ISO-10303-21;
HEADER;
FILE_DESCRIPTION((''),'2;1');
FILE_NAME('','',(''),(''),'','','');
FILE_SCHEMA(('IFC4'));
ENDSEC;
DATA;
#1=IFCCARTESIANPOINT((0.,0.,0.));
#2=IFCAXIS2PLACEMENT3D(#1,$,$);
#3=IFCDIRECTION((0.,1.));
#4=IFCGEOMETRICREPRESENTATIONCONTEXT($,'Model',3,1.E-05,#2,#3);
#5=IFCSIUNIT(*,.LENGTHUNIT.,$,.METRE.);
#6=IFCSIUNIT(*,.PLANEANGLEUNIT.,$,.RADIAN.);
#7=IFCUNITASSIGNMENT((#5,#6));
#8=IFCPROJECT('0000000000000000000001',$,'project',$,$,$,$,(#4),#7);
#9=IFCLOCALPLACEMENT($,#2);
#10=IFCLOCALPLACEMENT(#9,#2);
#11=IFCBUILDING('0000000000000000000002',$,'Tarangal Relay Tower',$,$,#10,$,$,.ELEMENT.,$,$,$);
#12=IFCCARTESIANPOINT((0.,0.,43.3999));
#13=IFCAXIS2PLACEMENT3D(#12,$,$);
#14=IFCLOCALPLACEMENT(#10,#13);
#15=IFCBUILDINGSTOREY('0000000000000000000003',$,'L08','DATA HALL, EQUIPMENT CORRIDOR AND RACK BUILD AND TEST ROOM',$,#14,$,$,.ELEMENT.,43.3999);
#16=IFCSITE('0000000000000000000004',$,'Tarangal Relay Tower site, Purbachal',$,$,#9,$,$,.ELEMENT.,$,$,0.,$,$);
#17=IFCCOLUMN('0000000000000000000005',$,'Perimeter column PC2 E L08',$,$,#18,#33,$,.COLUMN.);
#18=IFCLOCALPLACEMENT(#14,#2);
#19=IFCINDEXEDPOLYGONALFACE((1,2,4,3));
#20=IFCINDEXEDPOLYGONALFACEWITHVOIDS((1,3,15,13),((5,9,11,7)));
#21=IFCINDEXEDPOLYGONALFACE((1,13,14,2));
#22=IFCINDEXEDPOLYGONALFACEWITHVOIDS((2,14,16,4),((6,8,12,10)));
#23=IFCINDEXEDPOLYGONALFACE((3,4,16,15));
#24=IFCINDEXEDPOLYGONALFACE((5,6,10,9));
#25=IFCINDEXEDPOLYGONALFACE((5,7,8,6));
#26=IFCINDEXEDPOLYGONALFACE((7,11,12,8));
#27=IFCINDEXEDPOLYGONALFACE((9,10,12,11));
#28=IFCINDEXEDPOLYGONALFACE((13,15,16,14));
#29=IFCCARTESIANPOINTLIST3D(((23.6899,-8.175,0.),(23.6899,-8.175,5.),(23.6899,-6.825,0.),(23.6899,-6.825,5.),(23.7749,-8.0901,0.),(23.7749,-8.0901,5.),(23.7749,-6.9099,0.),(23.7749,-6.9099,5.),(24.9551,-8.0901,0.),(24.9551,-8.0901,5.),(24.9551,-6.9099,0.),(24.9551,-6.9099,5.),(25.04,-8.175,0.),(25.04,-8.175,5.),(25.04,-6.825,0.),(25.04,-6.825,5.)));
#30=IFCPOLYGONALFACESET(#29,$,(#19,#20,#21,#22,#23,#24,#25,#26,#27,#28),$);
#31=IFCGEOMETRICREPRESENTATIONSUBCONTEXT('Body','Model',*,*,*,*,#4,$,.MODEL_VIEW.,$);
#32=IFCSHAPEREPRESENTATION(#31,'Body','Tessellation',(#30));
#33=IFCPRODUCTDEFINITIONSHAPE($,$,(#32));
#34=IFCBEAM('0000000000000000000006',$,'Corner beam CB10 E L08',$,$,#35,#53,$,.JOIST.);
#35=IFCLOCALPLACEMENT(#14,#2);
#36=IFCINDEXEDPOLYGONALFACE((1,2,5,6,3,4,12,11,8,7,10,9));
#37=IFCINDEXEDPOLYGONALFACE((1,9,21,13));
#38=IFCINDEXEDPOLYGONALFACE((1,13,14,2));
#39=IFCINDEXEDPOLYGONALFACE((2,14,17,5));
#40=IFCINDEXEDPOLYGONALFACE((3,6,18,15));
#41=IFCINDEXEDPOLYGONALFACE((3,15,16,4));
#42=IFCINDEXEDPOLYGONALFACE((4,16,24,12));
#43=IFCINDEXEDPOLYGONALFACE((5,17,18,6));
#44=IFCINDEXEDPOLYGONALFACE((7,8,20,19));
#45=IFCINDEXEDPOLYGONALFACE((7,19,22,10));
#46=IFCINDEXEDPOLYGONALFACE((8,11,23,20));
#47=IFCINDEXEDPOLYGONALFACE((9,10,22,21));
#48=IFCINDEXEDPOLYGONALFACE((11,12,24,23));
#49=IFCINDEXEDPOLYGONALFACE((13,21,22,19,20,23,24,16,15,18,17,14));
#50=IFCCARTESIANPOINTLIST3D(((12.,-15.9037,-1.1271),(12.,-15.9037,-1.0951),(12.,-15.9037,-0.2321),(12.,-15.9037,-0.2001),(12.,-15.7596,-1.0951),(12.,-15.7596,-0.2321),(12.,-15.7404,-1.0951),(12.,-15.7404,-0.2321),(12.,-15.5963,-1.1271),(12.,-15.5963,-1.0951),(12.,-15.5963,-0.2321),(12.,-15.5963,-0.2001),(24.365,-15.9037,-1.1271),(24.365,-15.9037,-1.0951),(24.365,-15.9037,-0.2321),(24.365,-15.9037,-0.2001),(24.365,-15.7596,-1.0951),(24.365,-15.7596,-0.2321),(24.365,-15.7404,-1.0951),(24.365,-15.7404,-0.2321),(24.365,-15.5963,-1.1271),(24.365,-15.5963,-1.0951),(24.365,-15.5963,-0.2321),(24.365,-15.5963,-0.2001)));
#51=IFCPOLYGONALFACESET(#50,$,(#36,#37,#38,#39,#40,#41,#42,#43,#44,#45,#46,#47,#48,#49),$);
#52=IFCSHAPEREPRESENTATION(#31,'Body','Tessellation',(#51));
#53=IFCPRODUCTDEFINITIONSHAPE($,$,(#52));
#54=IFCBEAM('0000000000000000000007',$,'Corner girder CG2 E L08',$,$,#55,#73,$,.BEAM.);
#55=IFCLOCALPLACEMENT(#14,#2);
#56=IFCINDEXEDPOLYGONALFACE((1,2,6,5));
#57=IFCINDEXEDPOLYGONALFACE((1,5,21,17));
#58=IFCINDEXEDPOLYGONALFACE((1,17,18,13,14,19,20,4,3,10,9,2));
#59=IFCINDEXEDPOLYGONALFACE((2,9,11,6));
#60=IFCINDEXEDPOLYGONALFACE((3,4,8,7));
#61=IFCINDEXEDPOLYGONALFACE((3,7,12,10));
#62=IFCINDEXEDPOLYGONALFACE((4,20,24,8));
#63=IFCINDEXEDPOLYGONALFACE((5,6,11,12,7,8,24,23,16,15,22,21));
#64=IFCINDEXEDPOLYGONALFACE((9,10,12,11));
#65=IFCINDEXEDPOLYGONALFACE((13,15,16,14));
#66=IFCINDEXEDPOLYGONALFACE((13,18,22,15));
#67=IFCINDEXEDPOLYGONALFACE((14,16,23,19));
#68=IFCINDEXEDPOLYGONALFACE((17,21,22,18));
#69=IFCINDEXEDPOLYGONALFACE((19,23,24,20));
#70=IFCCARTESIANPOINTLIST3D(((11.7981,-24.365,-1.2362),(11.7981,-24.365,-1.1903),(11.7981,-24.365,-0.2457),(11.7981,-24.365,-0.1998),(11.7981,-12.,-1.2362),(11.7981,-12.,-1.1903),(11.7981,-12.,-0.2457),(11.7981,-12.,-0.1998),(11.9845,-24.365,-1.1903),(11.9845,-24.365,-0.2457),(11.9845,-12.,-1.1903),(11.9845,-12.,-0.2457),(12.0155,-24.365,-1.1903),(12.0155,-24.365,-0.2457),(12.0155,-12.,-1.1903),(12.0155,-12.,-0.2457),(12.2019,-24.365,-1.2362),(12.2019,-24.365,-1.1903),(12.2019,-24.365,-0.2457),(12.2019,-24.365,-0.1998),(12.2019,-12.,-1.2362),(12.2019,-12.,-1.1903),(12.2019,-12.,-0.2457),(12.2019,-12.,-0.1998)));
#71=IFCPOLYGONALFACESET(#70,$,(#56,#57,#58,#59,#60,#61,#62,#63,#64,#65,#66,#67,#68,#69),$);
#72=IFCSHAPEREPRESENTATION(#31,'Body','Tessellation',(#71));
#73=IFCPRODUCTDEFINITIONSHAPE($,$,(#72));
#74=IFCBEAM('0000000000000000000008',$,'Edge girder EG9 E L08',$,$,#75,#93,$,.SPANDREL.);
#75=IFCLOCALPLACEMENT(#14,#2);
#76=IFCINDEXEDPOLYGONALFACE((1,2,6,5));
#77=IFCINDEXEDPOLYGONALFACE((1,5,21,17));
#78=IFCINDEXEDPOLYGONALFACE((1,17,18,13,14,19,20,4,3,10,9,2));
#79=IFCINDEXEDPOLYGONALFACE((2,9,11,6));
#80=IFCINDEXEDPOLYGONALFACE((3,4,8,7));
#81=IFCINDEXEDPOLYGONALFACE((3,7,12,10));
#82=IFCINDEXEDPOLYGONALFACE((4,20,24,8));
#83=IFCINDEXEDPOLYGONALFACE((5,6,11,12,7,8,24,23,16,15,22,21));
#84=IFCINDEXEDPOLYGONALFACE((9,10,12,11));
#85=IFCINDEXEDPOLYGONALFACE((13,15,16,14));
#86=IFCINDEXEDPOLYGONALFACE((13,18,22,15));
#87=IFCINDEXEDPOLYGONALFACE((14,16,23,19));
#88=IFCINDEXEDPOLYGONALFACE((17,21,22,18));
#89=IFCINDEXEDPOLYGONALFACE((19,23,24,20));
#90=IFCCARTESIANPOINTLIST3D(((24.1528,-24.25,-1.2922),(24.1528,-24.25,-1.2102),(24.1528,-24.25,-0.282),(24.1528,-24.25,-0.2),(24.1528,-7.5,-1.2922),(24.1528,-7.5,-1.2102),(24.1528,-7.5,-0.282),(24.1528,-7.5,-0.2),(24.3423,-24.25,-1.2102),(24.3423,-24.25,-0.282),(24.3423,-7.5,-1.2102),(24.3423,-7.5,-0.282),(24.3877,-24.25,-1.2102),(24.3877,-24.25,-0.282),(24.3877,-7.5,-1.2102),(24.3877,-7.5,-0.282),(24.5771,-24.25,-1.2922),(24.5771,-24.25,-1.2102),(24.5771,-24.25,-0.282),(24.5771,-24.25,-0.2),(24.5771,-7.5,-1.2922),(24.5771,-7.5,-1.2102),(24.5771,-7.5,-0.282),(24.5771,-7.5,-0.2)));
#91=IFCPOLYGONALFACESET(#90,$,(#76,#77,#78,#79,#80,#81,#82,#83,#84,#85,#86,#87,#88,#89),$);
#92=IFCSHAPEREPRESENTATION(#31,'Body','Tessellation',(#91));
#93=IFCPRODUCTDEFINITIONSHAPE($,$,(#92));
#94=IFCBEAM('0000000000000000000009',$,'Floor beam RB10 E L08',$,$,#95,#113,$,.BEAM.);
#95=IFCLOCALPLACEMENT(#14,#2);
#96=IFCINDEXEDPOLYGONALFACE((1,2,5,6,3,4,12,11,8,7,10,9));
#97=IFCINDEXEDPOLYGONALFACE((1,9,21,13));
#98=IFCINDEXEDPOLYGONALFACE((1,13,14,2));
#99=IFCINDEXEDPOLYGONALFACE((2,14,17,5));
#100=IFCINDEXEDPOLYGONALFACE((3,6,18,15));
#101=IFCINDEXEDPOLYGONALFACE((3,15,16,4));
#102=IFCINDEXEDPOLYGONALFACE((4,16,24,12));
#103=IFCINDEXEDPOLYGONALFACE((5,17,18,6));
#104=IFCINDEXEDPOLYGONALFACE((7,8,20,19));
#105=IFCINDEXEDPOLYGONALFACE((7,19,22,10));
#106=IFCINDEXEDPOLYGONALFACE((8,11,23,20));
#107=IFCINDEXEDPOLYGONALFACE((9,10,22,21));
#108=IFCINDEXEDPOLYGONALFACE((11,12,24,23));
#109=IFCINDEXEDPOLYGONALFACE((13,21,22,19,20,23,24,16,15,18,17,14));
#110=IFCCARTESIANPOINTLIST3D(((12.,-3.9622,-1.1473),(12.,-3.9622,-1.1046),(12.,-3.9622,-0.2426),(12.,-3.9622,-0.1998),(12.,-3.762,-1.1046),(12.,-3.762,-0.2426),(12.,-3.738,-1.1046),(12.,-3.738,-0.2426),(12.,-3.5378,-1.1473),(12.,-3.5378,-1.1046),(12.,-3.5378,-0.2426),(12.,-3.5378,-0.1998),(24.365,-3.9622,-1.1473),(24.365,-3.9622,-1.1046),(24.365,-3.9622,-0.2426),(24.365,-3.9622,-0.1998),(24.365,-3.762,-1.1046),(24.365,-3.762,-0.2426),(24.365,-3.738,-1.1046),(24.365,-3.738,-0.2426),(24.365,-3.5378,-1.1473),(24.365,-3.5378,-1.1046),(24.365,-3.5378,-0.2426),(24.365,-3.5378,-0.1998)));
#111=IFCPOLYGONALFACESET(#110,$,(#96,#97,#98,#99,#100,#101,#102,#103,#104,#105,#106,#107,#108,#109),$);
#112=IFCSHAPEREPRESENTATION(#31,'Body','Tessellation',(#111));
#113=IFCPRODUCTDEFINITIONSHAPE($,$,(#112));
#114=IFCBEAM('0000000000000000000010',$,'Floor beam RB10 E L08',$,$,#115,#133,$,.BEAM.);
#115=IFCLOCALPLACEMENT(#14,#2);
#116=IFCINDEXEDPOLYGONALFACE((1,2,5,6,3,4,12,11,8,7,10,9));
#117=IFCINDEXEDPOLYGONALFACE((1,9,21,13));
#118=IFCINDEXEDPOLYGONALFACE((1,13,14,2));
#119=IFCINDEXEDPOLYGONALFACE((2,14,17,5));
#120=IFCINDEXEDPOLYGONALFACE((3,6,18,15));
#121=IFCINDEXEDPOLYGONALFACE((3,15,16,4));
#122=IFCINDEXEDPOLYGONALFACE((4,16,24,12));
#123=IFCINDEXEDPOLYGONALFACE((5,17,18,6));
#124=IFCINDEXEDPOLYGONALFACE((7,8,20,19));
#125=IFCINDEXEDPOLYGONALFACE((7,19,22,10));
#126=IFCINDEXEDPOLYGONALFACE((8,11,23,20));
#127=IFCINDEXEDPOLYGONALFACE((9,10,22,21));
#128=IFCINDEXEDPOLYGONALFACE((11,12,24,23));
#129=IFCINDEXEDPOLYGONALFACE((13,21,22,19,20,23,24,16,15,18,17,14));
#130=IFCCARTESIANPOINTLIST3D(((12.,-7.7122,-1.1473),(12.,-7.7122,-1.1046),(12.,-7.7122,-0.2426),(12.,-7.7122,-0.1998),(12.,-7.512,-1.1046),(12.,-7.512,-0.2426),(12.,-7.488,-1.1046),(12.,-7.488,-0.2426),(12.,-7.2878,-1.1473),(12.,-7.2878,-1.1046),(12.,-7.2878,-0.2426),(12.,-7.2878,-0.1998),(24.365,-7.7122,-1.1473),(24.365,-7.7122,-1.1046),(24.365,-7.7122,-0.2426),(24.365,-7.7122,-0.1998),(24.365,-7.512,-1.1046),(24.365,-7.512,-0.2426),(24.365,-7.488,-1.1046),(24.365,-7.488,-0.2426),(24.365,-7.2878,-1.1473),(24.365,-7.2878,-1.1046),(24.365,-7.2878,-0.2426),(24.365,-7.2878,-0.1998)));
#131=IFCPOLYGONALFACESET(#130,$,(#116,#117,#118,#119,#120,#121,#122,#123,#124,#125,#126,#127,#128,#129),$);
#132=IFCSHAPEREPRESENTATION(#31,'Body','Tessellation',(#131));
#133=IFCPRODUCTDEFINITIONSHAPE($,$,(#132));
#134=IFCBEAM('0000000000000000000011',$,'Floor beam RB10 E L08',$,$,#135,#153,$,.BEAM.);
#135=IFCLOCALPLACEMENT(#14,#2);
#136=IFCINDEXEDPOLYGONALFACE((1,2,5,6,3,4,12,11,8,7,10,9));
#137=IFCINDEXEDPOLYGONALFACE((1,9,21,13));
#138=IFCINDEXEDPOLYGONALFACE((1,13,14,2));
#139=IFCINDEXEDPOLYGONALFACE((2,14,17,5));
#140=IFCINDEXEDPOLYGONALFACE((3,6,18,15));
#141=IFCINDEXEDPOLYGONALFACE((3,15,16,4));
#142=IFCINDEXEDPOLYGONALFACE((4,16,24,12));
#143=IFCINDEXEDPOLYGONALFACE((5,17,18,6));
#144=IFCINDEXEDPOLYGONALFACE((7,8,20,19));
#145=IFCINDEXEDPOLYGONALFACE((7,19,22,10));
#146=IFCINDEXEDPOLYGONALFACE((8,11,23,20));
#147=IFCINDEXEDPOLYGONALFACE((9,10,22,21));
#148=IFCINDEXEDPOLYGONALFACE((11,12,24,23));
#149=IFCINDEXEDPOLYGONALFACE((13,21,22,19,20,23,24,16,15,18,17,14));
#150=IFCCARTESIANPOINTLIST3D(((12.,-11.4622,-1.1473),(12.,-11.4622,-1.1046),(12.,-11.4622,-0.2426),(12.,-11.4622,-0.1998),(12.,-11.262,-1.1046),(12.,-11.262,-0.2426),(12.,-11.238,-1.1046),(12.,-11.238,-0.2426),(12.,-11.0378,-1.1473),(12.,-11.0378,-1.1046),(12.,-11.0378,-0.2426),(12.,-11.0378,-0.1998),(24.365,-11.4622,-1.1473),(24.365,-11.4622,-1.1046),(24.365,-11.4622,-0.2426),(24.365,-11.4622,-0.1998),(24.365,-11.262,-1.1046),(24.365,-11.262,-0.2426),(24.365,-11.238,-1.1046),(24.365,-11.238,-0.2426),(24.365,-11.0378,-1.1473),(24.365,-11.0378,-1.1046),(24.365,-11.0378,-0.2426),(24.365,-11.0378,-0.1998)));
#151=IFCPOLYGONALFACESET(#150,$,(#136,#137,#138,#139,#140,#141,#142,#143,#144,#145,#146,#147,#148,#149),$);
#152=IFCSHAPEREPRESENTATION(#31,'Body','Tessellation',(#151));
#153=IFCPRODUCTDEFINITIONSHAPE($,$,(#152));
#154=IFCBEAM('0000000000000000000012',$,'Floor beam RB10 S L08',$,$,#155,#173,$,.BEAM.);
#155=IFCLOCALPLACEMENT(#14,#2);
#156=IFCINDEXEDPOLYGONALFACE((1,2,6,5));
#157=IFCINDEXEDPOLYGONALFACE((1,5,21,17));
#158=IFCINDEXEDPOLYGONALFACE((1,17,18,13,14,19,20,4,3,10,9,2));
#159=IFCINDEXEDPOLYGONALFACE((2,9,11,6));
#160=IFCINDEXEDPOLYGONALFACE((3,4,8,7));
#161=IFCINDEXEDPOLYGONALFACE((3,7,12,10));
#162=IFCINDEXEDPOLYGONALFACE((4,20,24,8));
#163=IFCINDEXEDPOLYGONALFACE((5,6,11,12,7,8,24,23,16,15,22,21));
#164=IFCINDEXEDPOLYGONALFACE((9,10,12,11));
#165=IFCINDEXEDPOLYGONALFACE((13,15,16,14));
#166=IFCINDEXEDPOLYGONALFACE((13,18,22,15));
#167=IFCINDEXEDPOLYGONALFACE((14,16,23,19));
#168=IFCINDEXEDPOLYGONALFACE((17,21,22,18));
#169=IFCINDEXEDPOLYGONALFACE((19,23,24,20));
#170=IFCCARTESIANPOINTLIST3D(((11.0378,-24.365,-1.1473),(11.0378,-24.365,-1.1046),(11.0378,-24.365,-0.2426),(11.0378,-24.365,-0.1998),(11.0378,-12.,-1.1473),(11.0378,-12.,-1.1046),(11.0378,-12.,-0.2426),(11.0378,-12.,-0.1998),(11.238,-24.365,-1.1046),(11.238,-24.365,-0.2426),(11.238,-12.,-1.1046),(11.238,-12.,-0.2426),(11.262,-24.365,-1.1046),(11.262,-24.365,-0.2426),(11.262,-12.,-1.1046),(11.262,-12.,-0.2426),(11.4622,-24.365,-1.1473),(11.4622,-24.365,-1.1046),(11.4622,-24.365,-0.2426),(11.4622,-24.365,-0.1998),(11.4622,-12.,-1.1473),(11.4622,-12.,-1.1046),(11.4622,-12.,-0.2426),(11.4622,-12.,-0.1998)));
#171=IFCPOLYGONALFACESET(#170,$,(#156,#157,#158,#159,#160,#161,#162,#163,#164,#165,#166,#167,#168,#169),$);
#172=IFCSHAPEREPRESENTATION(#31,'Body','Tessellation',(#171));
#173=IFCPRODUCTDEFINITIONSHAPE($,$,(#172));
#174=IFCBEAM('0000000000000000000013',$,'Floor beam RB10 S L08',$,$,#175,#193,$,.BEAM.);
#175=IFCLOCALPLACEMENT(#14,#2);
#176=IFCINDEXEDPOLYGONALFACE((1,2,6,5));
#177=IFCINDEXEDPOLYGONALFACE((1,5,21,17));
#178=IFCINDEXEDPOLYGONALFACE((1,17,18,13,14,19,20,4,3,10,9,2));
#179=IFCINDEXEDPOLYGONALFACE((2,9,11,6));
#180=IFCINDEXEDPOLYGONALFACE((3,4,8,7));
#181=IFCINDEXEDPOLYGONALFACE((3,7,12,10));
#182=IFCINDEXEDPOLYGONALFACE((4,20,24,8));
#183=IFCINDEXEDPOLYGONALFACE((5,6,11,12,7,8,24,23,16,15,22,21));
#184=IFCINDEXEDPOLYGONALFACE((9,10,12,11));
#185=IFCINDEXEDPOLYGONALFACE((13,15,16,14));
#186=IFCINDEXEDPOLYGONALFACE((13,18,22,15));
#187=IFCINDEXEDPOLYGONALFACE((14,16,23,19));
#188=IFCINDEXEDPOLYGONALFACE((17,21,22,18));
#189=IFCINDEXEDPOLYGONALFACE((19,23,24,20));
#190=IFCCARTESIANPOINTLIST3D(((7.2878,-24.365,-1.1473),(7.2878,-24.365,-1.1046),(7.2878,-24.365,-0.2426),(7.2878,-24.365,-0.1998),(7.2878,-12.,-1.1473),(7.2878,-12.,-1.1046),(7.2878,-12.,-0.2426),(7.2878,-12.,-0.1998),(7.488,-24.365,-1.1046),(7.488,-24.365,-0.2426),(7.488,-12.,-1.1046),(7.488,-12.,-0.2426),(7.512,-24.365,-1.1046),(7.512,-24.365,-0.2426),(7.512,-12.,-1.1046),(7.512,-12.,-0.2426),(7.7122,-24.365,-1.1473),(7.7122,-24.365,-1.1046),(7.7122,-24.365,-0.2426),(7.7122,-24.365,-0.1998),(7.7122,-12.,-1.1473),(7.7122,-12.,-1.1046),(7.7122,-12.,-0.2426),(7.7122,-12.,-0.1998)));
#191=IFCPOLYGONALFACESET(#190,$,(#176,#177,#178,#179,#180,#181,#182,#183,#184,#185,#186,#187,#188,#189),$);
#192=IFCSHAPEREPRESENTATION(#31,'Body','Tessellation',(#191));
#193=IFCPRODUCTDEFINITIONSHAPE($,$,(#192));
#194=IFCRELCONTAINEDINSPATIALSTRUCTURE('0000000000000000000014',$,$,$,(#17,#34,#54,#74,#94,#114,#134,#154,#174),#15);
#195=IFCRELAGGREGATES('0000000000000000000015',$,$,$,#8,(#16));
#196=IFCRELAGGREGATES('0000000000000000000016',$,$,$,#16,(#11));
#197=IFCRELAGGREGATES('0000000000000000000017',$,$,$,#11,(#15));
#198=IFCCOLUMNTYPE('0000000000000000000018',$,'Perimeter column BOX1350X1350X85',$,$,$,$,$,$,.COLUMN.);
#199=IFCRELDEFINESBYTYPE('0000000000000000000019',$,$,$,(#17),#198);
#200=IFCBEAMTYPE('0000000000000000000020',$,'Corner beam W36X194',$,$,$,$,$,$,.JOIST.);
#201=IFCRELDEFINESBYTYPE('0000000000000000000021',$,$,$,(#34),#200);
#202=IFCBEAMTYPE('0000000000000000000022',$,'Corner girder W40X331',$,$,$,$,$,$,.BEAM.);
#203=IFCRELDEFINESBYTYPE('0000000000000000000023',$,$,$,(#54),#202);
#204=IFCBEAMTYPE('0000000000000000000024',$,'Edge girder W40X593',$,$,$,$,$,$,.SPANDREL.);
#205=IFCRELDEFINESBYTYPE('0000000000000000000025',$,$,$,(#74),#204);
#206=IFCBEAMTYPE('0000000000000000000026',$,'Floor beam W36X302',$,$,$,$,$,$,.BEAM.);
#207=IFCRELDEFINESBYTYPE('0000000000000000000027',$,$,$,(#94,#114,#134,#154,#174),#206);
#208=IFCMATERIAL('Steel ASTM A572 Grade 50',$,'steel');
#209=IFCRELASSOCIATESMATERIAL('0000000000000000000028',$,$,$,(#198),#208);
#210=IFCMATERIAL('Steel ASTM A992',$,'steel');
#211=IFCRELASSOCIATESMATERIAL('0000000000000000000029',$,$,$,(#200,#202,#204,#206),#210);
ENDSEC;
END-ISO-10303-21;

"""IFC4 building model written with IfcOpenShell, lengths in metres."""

from ifc_helpers import new_model, si_unit, direction, frame, origin, origin_2d, place, context, subcontext, project, spatial, hollow_rectangle, i_section, extrude, material, material_profile, profile_set, type_object, element, save


model = new_model("IFC4")

# Units and contexts
model_context = context("Model", 3, precision=1e-05, world=origin(), true_north=direction((0.0, 1.0)))
body_context = subcontext(model_context, "Body", "Model", "MODEL_VIEW")
ifc_project = project(units=[si_unit("LENGTHUNIT", "METRE"), si_unit("PLANEANGLEUNIT", "RADIAN")], contexts=[model_context])

# Site, building, storey
site_placement = place(None, origin())
site = spatial("IfcSite", under=ifc_project, at=site_placement, Name="Tarangal Relay Tower site, Purbachal", CompositionType="ELEMENT", RefElevation=0.0)
building_placement = place(site_placement, origin())
building = spatial("IfcBuilding", under=site, at=building_placement, Name="Tarangal Relay Tower", CompositionType="ELEMENT")
storey_placement = place(building_placement, frame((0.0, 0.0, 43.3999)))
storey = spatial("IfcBuildingStorey", under=building, at=storey_placement, Name="L08", Description="DATA HALL, EQUIPMENT CORRIDOR AND RACK BUILD AND TEST ROOM", CompositionType="ELEMENT", Elevation=43.3999)

# Column
ifc_material_1 = material(Name="Steel ASTM A572 Grade 50", Category="steel")
ifc_material_profile_1 = material_profile(ifc_material_1, hollow_rectangle(XDim=1.3501, YDim=1.3501, WallThickness=0.085, at=origin_2d()), Name="BOX1350X1350X85")
ifc_profile_set_1 = profile_set([ifc_material_profile_1], Name="Steel ASTM A572 Grade 50")
column_type = type_object("IfcColumnType", Name="Perimeter column BOX1350X1350X85", PredefinedType="COLUMN", material=ifc_profile_set_1)
column_placement = place(storey_placement, frame((24.365, -7.5, 0.0), z_axis=(0.0, 0.0, 1.0), x_axis=(1.0, 0.0, 0.0)))
element("IfcColumn", 1, at=column_placement, inside=storey, type_object=column_type, Name="Perimeter column PC2 E L08", PredefinedType="COLUMN", context=body_context, shape_type="SweptSolid", body=[
    extrude(hollow_rectangle(XDim=1.3501, YDim=1.3501, WallThickness=0.085, at=origin_2d()), origin(), (0.0, 0.0, 1.0), 5.0),
])

# Beams
ifc_material_2 = material(Name="Steel ASTM A992", Category="steel")
ifc_material_profile_2 = material_profile(ifc_material_2, i_section(OverallWidth=0.3074, OverallDepth=0.927, WebThickness=0.0193, FlangeThickness=0.032, at=origin_2d()), Name="W36X194")
ifc_profile_set_2 = profile_set([ifc_material_profile_2], Name="Steel ASTM A992")
beam_type_1 = type_object("IfcBeamType", Name="Corner beam W36X194", PredefinedType="JOIST", material=ifc_profile_set_2)
beam_1_placement = place(storey_placement, frame((12.0, -15.75, -0.6636), z_axis=(1.0, 0.0, 0.0), x_axis=(0.0, 1.0, 0.0)))
element("IfcBeam", 2, at=beam_1_placement, inside=storey, type_object=beam_type_1, Name="Corner beam CB10 E L08", PredefinedType="JOIST", context=body_context, shape_type="SweptSolid", body=[
    extrude(i_section(OverallWidth=0.3074, OverallDepth=0.927, WebThickness=0.0193, FlangeThickness=0.032, at=origin_2d()), origin(), (0.0, 0.0, 1.0), 12.365),
])
ifc_material_profile_3 = material_profile(ifc_material_2, i_section(OverallWidth=0.4038, OverallDepth=1.0364, WebThickness=0.031, FlangeThickness=0.0459, at=origin_2d()), Name="W40X331")
ifc_profile_set_3 = profile_set([ifc_material_profile_3], Name="Steel ASTM A992")
beam_type_2 = type_object("IfcBeamType", Name="Corner girder W40X331", PredefinedType="BEAM", material=ifc_profile_set_3)
beam_2_placement = place(storey_placement, frame((12.0, -12.0, -0.718), z_axis=(0.0, -1.0, 0.0), x_axis=(1.0, 0.0, 0.0)))
element("IfcBeam", 3, at=beam_2_placement, inside=storey, type_object=beam_type_2, Name="Corner girder CG2 E L08", PredefinedType="BEAM", context=body_context, shape_type="SweptSolid", body=[
    extrude(i_section(OverallWidth=0.4038, OverallDepth=1.0364, WebThickness=0.031, FlangeThickness=0.0459, at=origin_2d()), origin(), (0.0, 0.0, 1.0), 12.365),
])
ifc_material_profile_4 = material_profile(ifc_material_2, i_section(OverallWidth=0.4243, OverallDepth=1.0923, WebThickness=0.0454, FlangeThickness=0.082, at=origin_2d()), Name="W40X593")
ifc_profile_set_4 = profile_set([ifc_material_profile_4], Name="Steel ASTM A992")
beam_type_3 = type_object("IfcBeamType", Name="Edge girder W40X593", PredefinedType="SPANDREL", material=ifc_profile_set_4)
beam_3_placement = place(storey_placement, frame((24.365, -7.5, -0.7461), z_axis=(0.0, -1.0, 0.0), x_axis=(1.0, 0.0, 0.0)))
element("IfcBeam", 4, at=beam_3_placement, inside=storey, type_object=beam_type_3, Name="Edge girder EG9 E L08", PredefinedType="SPANDREL", context=body_context, shape_type="SweptSolid", body=[
    extrude(i_section(OverallWidth=0.4243, OverallDepth=1.0923, WebThickness=0.0454, FlangeThickness=0.082, at=origin_2d()), origin(), (0.0, 0.0, 1.0), 16.75),
])
ifc_material_profile_5 = material_profile(ifc_material_2, i_section(OverallWidth=0.4243, OverallDepth=0.9475, WebThickness=0.0239, FlangeThickness=0.0427, at=origin_2d()), Name="W36X302")
ifc_profile_set_5 = profile_set([ifc_material_profile_5], Name="Steel ASTM A992")
beam_type_4 = type_object("IfcBeamType", Name="Floor beam W36X302", PredefinedType="BEAM", material=ifc_profile_set_5)
for number, where, z_axis, x_axis, name in (
    (5, (12.0, -3.75, -0.6736), (1.0, 0.0, 0.0), (0.0, 1.0, 0.0), "Floor beam RB10 E L08"),
    (6, (12.0, -7.5, -0.6736), (1.0, 0.0, 0.0), (0.0, 1.0, 0.0), "Floor beam RB10 E L08"),
    (7, (12.0, -11.25, -0.6736), (1.0, 0.0, 0.0), (0.0, 1.0, 0.0), "Floor beam RB10 E L08"),
    (8, (11.25, -12.0, -0.6736), (0.0, -1.0, 0.0), (1.0, 0.0, 0.0), "Floor beam RB10 S L08"),
    (9, (7.5, -12.0, -0.6736), (0.0, -1.0, 0.0), (1.0, 0.0, 0.0), "Floor beam RB10 S L08"),
):
    element("IfcBeam", number, at=place(storey_placement, frame(where, z_axis=z_axis, x_axis=x_axis)), inside=storey, type_object=beam_type_4, Name=name, PredefinedType="BEAM", context=body_context, shape_type="SweptSolid", body=[
        extrude(i_section(OverallWidth=0.4243, OverallDepth=0.9475, WebThickness=0.0239, FlangeThickness=0.0427, at=origin_2d()), origin(), (0.0, 0.0, 1.0), 12.365),
    ])

save(model, "model.ifc")
